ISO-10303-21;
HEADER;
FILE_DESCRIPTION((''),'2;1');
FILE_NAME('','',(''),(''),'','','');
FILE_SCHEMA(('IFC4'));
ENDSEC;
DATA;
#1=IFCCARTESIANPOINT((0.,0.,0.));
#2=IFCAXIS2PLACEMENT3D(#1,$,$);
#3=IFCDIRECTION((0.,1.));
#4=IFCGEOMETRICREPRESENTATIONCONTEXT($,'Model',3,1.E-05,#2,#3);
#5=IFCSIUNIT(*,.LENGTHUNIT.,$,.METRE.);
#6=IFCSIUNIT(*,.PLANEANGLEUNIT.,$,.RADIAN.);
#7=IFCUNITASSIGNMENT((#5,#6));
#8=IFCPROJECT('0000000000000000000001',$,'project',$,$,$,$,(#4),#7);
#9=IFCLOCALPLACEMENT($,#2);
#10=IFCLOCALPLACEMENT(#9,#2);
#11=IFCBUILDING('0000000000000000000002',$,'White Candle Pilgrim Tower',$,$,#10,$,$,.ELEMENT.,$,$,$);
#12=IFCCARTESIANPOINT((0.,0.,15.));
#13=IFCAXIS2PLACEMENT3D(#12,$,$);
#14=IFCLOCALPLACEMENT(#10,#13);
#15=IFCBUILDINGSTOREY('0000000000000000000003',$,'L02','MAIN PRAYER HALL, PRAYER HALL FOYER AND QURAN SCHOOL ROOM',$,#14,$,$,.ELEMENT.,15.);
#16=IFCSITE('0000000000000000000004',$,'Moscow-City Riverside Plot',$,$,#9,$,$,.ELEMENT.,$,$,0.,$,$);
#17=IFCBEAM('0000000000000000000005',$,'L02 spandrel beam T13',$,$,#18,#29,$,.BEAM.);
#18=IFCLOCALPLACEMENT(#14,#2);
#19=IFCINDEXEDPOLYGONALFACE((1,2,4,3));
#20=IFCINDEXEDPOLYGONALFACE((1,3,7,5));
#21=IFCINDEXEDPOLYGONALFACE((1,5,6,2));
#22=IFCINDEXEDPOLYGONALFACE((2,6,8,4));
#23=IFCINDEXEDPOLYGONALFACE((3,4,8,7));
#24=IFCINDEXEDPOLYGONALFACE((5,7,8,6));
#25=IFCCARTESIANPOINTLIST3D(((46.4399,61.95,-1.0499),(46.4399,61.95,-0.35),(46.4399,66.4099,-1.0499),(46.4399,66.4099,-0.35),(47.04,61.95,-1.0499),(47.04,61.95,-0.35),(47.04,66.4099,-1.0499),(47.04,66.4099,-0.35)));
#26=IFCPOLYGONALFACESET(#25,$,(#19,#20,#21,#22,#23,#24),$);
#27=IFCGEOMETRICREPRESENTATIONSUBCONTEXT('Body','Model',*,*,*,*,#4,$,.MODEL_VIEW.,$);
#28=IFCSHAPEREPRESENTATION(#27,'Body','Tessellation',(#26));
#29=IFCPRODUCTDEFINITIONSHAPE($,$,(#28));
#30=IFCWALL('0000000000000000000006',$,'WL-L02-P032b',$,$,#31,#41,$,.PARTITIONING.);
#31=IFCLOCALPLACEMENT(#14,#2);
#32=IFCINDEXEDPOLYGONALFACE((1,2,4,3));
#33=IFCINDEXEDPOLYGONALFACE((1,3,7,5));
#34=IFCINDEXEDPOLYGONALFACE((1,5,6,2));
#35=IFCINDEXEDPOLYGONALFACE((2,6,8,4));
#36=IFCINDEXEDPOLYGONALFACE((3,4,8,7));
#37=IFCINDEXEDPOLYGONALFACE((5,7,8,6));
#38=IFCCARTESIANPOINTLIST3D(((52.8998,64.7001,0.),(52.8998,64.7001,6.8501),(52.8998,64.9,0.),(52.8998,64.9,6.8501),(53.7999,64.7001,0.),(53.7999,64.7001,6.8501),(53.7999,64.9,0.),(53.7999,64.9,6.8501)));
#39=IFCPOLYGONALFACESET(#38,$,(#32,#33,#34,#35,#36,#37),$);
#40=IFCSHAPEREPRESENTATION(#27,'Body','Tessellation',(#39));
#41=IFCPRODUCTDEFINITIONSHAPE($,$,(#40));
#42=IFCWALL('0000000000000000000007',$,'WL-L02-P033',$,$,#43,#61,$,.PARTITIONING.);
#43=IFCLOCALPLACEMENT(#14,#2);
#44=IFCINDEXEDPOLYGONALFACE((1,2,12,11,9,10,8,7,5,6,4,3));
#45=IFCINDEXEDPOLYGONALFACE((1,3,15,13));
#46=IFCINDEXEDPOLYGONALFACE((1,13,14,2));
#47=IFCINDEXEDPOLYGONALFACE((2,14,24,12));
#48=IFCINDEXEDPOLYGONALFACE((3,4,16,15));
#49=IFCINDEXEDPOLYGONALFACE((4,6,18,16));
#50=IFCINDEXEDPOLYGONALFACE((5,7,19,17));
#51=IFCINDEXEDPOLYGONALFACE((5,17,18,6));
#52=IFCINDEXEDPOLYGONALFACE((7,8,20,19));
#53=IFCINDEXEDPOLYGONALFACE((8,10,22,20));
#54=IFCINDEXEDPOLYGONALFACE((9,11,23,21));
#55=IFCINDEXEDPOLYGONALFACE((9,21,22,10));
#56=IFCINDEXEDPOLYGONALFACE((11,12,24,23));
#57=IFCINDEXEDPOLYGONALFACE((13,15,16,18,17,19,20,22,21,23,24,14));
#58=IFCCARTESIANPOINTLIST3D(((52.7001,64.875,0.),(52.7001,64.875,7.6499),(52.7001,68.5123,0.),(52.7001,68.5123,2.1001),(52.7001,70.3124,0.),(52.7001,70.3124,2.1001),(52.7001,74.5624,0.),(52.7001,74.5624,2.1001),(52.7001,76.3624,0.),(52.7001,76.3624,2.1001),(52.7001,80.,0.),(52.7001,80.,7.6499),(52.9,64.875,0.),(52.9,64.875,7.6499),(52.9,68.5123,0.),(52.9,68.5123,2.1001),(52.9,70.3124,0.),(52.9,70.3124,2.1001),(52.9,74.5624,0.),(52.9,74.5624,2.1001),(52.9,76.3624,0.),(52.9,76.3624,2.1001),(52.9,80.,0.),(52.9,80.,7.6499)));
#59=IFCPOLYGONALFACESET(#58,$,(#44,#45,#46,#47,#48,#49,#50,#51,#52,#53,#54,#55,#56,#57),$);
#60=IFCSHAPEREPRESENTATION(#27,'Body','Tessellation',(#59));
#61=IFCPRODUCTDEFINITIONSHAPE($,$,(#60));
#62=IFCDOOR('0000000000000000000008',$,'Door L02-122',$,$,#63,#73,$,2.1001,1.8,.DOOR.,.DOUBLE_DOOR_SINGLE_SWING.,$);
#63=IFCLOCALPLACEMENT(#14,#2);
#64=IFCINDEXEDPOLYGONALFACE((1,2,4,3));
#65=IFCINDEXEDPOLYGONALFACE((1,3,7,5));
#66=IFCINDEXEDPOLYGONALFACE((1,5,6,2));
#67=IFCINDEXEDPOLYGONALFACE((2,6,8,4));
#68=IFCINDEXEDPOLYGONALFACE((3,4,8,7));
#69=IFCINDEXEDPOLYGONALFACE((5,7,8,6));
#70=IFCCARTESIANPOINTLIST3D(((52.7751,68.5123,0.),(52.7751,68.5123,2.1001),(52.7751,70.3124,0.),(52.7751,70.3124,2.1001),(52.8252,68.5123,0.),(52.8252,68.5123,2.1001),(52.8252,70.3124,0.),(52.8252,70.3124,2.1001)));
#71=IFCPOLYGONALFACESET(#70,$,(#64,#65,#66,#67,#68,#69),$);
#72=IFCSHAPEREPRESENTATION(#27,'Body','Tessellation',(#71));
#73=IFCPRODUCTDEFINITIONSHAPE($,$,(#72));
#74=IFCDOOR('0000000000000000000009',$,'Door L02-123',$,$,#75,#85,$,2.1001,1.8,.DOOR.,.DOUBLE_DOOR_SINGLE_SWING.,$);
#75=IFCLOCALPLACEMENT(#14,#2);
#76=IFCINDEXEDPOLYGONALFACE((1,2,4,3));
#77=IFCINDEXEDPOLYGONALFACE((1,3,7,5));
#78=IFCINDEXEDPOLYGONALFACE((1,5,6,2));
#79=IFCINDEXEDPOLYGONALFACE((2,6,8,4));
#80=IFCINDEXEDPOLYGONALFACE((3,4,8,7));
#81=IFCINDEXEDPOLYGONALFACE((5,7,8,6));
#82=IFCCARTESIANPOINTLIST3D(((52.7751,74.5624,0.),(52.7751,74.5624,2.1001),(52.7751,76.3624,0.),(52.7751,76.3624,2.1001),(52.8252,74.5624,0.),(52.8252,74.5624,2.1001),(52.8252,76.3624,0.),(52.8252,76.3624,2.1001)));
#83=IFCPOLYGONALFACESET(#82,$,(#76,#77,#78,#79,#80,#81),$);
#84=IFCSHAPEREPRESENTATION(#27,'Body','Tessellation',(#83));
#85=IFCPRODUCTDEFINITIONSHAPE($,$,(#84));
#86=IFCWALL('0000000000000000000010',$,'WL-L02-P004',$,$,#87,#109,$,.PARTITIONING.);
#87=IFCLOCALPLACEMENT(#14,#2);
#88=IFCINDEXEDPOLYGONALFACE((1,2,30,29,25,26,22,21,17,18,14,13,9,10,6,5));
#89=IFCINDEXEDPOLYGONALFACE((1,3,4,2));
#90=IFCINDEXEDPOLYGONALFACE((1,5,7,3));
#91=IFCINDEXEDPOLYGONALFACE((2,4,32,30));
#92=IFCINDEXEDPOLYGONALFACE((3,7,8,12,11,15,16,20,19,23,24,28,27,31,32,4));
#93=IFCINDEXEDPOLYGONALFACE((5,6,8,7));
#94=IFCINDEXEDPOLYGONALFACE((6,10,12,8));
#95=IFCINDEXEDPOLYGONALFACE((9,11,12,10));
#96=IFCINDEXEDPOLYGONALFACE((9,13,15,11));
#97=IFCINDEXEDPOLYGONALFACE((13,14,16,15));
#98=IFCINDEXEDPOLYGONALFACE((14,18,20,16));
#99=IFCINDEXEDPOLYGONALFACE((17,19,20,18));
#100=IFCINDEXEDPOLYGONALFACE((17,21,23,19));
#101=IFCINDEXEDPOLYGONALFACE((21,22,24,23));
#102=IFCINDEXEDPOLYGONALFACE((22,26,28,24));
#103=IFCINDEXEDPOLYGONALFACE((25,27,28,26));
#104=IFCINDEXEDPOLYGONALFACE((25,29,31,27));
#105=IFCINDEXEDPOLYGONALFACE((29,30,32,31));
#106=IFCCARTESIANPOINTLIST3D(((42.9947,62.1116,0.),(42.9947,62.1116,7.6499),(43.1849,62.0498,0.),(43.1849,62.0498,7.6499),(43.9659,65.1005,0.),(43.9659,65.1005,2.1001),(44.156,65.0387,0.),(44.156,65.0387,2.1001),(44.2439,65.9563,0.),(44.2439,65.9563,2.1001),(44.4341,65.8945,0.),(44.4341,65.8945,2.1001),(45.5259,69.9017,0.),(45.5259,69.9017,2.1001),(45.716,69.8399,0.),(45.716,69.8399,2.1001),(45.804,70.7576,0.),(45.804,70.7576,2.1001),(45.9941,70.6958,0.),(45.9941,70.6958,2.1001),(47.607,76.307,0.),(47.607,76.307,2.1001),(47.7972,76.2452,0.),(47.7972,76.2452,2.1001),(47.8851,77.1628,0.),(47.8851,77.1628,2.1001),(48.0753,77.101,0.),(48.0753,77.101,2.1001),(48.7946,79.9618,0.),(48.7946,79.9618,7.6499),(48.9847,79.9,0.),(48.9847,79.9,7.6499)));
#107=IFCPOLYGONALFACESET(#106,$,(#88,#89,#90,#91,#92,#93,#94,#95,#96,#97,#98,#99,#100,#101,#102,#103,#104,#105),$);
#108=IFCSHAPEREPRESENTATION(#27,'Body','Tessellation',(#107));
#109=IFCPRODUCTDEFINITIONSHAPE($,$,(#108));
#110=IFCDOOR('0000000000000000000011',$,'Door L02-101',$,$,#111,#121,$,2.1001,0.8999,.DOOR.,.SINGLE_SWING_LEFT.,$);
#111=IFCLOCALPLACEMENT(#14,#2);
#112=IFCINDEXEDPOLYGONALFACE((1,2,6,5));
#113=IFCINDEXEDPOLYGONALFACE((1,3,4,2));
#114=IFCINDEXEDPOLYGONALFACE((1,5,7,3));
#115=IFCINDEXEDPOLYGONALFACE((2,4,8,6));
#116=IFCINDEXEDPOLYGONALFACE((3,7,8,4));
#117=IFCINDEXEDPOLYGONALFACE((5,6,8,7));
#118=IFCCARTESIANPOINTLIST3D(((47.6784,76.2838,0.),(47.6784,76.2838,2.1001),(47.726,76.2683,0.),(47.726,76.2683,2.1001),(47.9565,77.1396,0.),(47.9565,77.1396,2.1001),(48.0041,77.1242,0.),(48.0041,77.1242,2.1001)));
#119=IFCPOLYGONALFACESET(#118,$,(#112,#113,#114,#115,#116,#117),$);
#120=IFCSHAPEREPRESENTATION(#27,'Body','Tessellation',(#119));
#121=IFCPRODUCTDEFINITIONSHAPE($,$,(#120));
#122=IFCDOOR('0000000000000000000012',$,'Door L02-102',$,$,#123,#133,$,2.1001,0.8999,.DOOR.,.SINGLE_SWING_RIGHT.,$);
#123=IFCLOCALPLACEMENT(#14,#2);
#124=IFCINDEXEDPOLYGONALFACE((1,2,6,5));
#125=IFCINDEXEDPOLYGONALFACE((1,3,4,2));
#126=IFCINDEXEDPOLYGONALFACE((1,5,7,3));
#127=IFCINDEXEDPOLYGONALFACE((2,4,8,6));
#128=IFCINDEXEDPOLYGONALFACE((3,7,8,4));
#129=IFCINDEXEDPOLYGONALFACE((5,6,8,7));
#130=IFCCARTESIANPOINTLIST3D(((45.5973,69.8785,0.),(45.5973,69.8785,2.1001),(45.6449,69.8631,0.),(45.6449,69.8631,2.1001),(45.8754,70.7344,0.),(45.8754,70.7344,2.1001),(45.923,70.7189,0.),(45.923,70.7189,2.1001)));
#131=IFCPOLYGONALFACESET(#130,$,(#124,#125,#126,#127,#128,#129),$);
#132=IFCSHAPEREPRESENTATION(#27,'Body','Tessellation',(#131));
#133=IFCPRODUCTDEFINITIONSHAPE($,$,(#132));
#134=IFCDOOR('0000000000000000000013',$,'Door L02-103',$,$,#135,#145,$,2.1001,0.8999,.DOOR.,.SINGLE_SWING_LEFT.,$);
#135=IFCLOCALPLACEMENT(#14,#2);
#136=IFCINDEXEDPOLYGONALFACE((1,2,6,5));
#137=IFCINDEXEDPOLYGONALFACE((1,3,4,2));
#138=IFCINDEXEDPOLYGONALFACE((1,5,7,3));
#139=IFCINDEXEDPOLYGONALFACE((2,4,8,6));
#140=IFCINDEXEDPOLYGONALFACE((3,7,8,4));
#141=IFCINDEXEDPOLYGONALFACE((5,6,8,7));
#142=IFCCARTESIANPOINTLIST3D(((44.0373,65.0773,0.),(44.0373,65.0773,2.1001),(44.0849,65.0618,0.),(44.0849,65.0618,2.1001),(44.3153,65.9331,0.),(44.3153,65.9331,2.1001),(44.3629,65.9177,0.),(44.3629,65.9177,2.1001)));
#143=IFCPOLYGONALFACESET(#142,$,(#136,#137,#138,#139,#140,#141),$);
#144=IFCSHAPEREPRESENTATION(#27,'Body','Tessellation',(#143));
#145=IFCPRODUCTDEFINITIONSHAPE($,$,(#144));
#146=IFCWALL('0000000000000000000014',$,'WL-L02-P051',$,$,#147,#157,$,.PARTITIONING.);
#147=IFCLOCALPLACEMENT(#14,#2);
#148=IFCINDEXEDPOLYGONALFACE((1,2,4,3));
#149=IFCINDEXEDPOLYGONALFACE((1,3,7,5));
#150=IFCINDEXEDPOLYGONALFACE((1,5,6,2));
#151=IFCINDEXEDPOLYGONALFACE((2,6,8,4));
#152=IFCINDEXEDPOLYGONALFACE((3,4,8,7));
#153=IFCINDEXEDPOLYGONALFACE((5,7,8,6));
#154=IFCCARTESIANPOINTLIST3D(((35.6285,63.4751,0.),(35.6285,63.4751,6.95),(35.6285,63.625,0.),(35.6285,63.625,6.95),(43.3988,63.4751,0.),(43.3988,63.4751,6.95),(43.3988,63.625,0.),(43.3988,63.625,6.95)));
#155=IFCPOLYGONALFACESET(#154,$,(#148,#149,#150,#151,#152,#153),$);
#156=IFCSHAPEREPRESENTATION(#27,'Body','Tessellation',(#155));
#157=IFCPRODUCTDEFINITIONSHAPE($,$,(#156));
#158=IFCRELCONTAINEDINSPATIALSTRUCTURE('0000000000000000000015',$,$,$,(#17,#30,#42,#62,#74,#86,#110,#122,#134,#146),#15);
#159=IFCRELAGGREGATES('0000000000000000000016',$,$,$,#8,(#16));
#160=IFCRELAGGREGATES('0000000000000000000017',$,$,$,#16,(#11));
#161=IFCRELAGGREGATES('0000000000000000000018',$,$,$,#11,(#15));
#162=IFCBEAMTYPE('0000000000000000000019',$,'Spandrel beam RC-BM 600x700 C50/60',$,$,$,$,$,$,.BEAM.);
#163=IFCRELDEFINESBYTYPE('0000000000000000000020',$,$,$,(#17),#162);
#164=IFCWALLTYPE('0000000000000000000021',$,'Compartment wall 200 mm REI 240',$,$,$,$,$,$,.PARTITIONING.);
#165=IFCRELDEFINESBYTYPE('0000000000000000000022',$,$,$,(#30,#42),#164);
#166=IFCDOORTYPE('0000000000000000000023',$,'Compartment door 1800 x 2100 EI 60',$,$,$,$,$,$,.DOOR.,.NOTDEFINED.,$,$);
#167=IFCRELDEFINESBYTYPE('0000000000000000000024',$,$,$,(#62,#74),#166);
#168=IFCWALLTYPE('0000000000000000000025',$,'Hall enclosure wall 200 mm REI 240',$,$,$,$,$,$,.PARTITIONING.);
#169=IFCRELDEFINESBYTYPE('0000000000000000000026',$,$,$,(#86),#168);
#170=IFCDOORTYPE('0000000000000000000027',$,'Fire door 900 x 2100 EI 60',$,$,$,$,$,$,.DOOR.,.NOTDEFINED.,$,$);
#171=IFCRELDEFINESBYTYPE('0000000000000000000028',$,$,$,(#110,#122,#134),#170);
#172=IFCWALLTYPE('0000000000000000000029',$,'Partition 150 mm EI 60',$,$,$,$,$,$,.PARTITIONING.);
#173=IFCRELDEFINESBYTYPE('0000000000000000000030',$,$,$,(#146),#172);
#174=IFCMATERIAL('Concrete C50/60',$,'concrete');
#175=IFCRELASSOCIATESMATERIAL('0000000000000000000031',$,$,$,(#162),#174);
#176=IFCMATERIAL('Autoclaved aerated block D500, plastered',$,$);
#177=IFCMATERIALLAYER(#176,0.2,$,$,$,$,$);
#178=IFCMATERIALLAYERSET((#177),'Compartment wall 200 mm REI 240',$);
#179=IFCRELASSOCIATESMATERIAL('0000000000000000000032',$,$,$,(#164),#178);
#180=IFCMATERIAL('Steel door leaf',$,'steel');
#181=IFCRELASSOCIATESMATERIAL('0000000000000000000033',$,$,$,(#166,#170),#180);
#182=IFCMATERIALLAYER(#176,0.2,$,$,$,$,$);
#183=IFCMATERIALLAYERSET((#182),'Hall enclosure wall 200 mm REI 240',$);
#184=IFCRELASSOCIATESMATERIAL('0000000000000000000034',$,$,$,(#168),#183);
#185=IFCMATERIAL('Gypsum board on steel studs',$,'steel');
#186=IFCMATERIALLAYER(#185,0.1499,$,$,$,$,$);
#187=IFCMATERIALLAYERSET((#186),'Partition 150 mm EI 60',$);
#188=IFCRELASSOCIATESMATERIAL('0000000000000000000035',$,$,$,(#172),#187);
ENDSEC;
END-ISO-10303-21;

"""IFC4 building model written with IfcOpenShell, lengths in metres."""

from ifc_helpers import new_model, si_unit, direction, frame, frame_2d, origin, origin_2d, place, context, subcontext, project, spatial, rectangle, extrude, material, layer, layer_set, material_profile, profile_set, type_object, element, fill, save


model = new_model("IFC4")

# Units and contexts
model_context = context("Model", 3, precision=1e-05, world=origin(), true_north=direction((0.0, 1.0)))
body_context = subcontext(model_context, "Body", "Model", "MODEL_VIEW")
ifc_project = project(units=[si_unit("LENGTHUNIT", "METRE"), si_unit("PLANEANGLEUNIT", "RADIAN")], contexts=[model_context])

# Site, building, storey
site_placement = place(None, origin())
site = spatial("IfcSite", under=ifc_project, at=site_placement, Name="Moscow-City Riverside Plot", CompositionType="ELEMENT", RefElevation=0.0)
building_placement = place(site_placement, origin())
building = spatial("IfcBuilding", under=site, at=building_placement, Name="White Candle Pilgrim Tower", CompositionType="ELEMENT")
storey_placement = place(building_placement, frame((0.0, 0.0, 15.0)))
storey = spatial("IfcBuildingStorey", under=building, at=storey_placement, Name="L02", Description="MAIN PRAYER HALL, PRAYER HALL FOYER AND QURAN SCHOOL ROOM", CompositionType="ELEMENT", Elevation=15.0)

# Beam
ifc_material_1 = material(Name="Concrete C50/60", Category="concrete")
ifc_material_profile_1 = material_profile(ifc_material_1, rectangle(XDim=0.6001, YDim=0.7, at=origin_2d()), Name="RC-BM 600x700")
ifc_profile_set_1 = profile_set([ifc_material_profile_1], Name="Concrete C50/60")
beam_type_1 = type_object("IfcBeamType", Name="Spandrel beam RC-BM 600x700 C50/60", PredefinedType="BEAM", material=ifc_profile_set_1)
beam_1_placement = place(storey_placement, frame((46.74, 66.4099, -0.7), z_axis=(0.0, -1.0, 0.0), x_axis=(1.0, 0.0, 0.0)))
element("IfcBeam", 1, at=beam_1_placement, inside=storey, type_object=beam_type_1, Name="L02 spandrel beam T13", PredefinedType="BEAM", context=body_context, shape_type="SweptSolid", body=[
    extrude(rectangle(XDim=0.6001, YDim=0.7, at=origin_2d()), origin(), (0.0, 0.0, 1.0), 4.46),
])

# Wall
ifc_material_2 = material(Name="Autoclaved aerated block D500, plastered")
ifc_layer_1 = layer(ifc_material_2, 0.2)
ifc_layer_set_1 = layer_set([ifc_layer_1], Name="Compartment wall 200 mm REI 240")
wall_type_1 = type_object("IfcWallType", Name="Compartment wall 200 mm REI 240", PredefinedType="PARTITIONING", material=ifc_layer_set_1)
wall_1_placement = place(storey_placement, frame((53.8, 64.8, 0.0), z_axis=(0.0, 0.0, 1.0), x_axis=(-1.0, 0.0, 0.0)))
element("IfcWall", 2, at=wall_1_placement, inside=storey, type_object=wall_type_1, Name="WL-L02-P032b", PredefinedType="PARTITIONING", context=body_context, shape_type="SweptSolid", body=[
    extrude(rectangle(XDim=0.9001, YDim=0.2, at=frame_2d((0.4502, 0.0))), origin(), (0.0, 0.0, 1.0), 6.8501),
])

# Walls, openings, doors
wall_2_placement = place(storey_placement, frame((52.8, 64.875, 0.0), z_axis=(0.0, 0.0, 1.0), x_axis=(0.0, 1.0, 0.0)))
wall_2 = element("IfcWall", 3, at=wall_2_placement, inside=storey, type_object=wall_type_1, Name="WL-L02-P033", PredefinedType="PARTITIONING", context=body_context, shape_type="SweptSolid", body=[
    extrude(rectangle(XDim=15.125, YDim=0.2, at=frame_2d((7.5625, 0.0))), origin(), (0.0, 0.0, 1.0), 7.6499),
])
opening_1_placement = place(wall_2_placement, frame((3.6375, 0.0, 0.0)))
opening_1 = element("IfcOpeningElement", 4, at=opening_1_placement, cuts=wall_2, PredefinedType="OPENING", context=body_context, shape_type="SweptSolid", body=[
    extrude(rectangle(XDim=1.8, YDim=2.1001, at=frame_2d((0.8999, 1.05))), frame((0.0, 0.1099, 0.0), z_axis=(0.0, -1.0, 0.0), x_axis=(1.0, 0.0, 0.0)), (0.0, 0.0, 1.0), 0.22),
])
opening_2_placement = place(wall_2_placement, frame((9.6875, 0.0, 0.0)))
opening_2 = element("IfcOpeningElement", 5, at=opening_2_placement, cuts=wall_2, PredefinedType="OPENING", context=body_context, shape_type="SweptSolid", body=[
    extrude(rectangle(XDim=1.8, YDim=2.1001, at=frame_2d((0.8999, 1.05))), frame((0.0, 0.1099, 0.0), z_axis=(0.0, -1.0, 0.0), x_axis=(1.0, 0.0, 0.0)), (0.0, 0.0, 1.0), 0.22),
])
ifc_material_3 = material(Name="Steel door leaf", Category="steel")
door_type_1 = type_object("IfcDoorType", Name="Compartment door 1800 x 2100 EI 60", OperationType="NOTDEFINED", PredefinedType="DOOR", material=ifc_material_3)
door_1_placement = place(opening_1_placement, origin())
door_1 = element("IfcDoor", 6, at=door_1_placement, inside=storey, type_object=door_type_1, Name="Door L02-122", OperationType="DOUBLE_DOOR_SINGLE_SWING", OverallHeight=2.1001, OverallWidth=1.8, PredefinedType="DOOR", context=body_context, shape_type="SweptSolid", body=[
    extrude(rectangle(XDim=1.8, YDim=2.1001, at=frame_2d((0.8999, 1.05))), frame((0.0, 0.0249, 0.0), z_axis=(0.0, -1.0, 0.0), x_axis=(1.0, 0.0, 0.0)), (0.0, 0.0, 1.0), 0.05),
])
fill(opening_1, door_1)
door_2_placement = place(opening_2_placement, origin())
door_2 = element("IfcDoor", 7, at=door_2_placement, inside=storey, type_object=door_type_1, Name="Door L02-123", OperationType="DOUBLE_DOOR_SINGLE_SWING", OverallHeight=2.1001, OverallWidth=1.8, PredefinedType="DOOR", context=body_context, shape_type="SweptSolid", body=[
    extrude(rectangle(XDim=1.8, YDim=2.1001, at=frame_2d((0.8999, 1.05))), frame((0.0, 0.0249, 0.0), z_axis=(0.0, -1.0, 0.0), x_axis=(1.0, 0.0, 0.0)), (0.0, 0.0, 1.0), 0.05),
])
fill(opening_2, door_2)
ifc_layer_2 = layer(ifc_material_2, 0.2)
ifc_layer_set_2 = layer_set([ifc_layer_2], Name="Hall enclosure wall 200 mm REI 240")
wall_type_2 = type_object("IfcWallType", Name="Hall enclosure wall 200 mm REI 240", PredefinedType="PARTITIONING", material=ifc_layer_set_2)
wall_3_placement = place(storey_placement, frame((43.0898, 62.0808, 0.0), z_axis=(0.0, 0.0, 1.0), x_axis=(0.309015, 0.951057, 0.0)))
wall_3 = element("IfcWall", 8, at=wall_3_placement, inside=storey, type_object=wall_type_2, Name="WL-L02-P004", PredefinedType="PARTITIONING", context=body_context, shape_type="SweptSolid", body=[
    extrude(rectangle(XDim=18.7688, YDim=0.2, at=frame_2d((9.3843, 0.0))), origin(), (0.0, 0.0, 1.0), 7.6499),
])
opening_3_placement = place(wall_3_placement, frame((14.9258, 0.0, 0.0)))
opening_3 = element("IfcOpeningElement", 9, at=opening_3_placement, cuts=wall_3, PredefinedType="OPENING", context=body_context, shape_type="SweptSolid", body=[
    extrude(rectangle(XDim=0.8999, YDim=2.1001, at=frame_2d((0.45, 1.05))), frame((0.0, 0.1099, 0.0), z_axis=(0.0, -1.0, 0.0), x_axis=(1.0, 0.0, 0.0)), (0.0, 0.0, 1.0), 0.22),
])
opening_4_placement = place(wall_3_placement, frame((8.1909, 0.0, 0.0)))
opening_4 = element("IfcOpeningElement", 10, at=opening_4_placement, cuts=wall_3, PredefinedType="OPENING", context=body_context, shape_type="SweptSolid", body=[
    extrude(rectangle(XDim=0.8999, YDim=2.1001, at=frame_2d((0.45, 1.05))), frame((0.0, 0.1099, 0.0), z_axis=(0.0, -1.0, 0.0), x_axis=(1.0, 0.0, 0.0)), (0.0, 0.0, 1.0), 0.22),
])
opening_5_placement = place(wall_3_placement, frame((3.1426, 0.0, 0.0)))
opening_5 = element("IfcOpeningElement", 11, at=opening_5_placement, cuts=wall_3, PredefinedType="OPENING", context=body_context, shape_type="SweptSolid", body=[
    extrude(rectangle(XDim=0.8999, YDim=2.1001, at=frame_2d((0.45, 1.05))), frame((0.0, 0.1099, 0.0), z_axis=(0.0, -1.0, 0.0), x_axis=(1.0, 0.0, 0.0)), (0.0, 0.0, 1.0), 0.22),
])
door_type_2 = type_object("IfcDoorType", Name="Fire door 900 x 2100 EI 60", OperationType="NOTDEFINED", PredefinedType="DOOR", material=ifc_material_3)
door_3_placement = place(opening_3_placement, origin())
door_3 = element("IfcDoor", 12, at=door_3_placement, inside=storey, type_object=door_type_2, Name="Door L02-101", OperationType="SINGLE_SWING_LEFT", OverallHeight=2.1001, OverallWidth=0.8999, PredefinedType="DOOR", context=body_context, shape_type="SweptSolid", body=[
    extrude(rectangle(XDim=0.8999, YDim=2.1001, at=frame_2d((0.45, 1.05))), frame((0.0, 0.0249, 0.0), z_axis=(0.0, -1.0, 0.0), x_axis=(1.0, 0.0, 0.0)), (0.0, 0.0, 1.0), 0.05),
])
fill(opening_3, door_3)
door_4_placement = place(opening_4_placement, origin())
door_4 = element("IfcDoor", 13, at=door_4_placement, inside=storey, type_object=door_type_2, Name="Door L02-102", OperationType="SINGLE_SWING_RIGHT", OverallHeight=2.1001, OverallWidth=0.8999, PredefinedType="DOOR", context=body_context, shape_type="SweptSolid", body=[
    extrude(rectangle(XDim=0.8999, YDim=2.1001, at=frame_2d((0.45, 1.05))), frame((0.0, 0.0249, 0.0), z_axis=(0.0, -1.0, 0.0), x_axis=(1.0, 0.0, 0.0)), (0.0, 0.0, 1.0), 0.05),
])
fill(opening_4, door_4)
door_5_placement = place(opening_5_placement, origin())
door_5 = element("IfcDoor", 14, at=door_5_placement, inside=storey, type_object=door_type_2, Name="Door L02-103", OperationType="SINGLE_SWING_LEFT", OverallHeight=2.1001, OverallWidth=0.8999, PredefinedType="DOOR", context=body_context, shape_type="SweptSolid", body=[
    extrude(rectangle(XDim=0.8999, YDim=2.1001, at=frame_2d((0.45, 1.05))), frame((0.0, 0.0249, 0.0), z_axis=(0.0, -1.0, 0.0), x_axis=(1.0, 0.0, 0.0)), (0.0, 0.0, 1.0), 0.05),
])
fill(opening_5, door_5)

# Wall
ifc_material_4 = material(Name="Gypsum board on steel studs", Category="steel")
ifc_layer_3 = layer(ifc_material_4, 0.1499)
ifc_layer_set_3 = layer_set([ifc_layer_3], Name="Partition 150 mm EI 60")
wall_type_3 = type_object("IfcWallType", Name="Partition 150 mm EI 60", PredefinedType="PARTITIONING", material=ifc_layer_set_3)
wall_4_placement = place(storey_placement, frame((43.3989, 63.55, 0.0), z_axis=(0.0, 0.0, 1.0), x_axis=(-1.0, 0.0, 0.0)))
element("IfcWall", 15, at=wall_4_placement, inside=storey, type_object=wall_type_3, Name="WL-L02-P051", PredefinedType="PARTITIONING", context=body_context, shape_type="SweptSolid", body=[
    extrude(rectangle(XDim=7.7703, YDim=0.1499, at=frame_2d((3.8853, 0.0))), origin(), (0.0, 0.0, 1.0), 6.95),
])

save(model, "model.ifc")
